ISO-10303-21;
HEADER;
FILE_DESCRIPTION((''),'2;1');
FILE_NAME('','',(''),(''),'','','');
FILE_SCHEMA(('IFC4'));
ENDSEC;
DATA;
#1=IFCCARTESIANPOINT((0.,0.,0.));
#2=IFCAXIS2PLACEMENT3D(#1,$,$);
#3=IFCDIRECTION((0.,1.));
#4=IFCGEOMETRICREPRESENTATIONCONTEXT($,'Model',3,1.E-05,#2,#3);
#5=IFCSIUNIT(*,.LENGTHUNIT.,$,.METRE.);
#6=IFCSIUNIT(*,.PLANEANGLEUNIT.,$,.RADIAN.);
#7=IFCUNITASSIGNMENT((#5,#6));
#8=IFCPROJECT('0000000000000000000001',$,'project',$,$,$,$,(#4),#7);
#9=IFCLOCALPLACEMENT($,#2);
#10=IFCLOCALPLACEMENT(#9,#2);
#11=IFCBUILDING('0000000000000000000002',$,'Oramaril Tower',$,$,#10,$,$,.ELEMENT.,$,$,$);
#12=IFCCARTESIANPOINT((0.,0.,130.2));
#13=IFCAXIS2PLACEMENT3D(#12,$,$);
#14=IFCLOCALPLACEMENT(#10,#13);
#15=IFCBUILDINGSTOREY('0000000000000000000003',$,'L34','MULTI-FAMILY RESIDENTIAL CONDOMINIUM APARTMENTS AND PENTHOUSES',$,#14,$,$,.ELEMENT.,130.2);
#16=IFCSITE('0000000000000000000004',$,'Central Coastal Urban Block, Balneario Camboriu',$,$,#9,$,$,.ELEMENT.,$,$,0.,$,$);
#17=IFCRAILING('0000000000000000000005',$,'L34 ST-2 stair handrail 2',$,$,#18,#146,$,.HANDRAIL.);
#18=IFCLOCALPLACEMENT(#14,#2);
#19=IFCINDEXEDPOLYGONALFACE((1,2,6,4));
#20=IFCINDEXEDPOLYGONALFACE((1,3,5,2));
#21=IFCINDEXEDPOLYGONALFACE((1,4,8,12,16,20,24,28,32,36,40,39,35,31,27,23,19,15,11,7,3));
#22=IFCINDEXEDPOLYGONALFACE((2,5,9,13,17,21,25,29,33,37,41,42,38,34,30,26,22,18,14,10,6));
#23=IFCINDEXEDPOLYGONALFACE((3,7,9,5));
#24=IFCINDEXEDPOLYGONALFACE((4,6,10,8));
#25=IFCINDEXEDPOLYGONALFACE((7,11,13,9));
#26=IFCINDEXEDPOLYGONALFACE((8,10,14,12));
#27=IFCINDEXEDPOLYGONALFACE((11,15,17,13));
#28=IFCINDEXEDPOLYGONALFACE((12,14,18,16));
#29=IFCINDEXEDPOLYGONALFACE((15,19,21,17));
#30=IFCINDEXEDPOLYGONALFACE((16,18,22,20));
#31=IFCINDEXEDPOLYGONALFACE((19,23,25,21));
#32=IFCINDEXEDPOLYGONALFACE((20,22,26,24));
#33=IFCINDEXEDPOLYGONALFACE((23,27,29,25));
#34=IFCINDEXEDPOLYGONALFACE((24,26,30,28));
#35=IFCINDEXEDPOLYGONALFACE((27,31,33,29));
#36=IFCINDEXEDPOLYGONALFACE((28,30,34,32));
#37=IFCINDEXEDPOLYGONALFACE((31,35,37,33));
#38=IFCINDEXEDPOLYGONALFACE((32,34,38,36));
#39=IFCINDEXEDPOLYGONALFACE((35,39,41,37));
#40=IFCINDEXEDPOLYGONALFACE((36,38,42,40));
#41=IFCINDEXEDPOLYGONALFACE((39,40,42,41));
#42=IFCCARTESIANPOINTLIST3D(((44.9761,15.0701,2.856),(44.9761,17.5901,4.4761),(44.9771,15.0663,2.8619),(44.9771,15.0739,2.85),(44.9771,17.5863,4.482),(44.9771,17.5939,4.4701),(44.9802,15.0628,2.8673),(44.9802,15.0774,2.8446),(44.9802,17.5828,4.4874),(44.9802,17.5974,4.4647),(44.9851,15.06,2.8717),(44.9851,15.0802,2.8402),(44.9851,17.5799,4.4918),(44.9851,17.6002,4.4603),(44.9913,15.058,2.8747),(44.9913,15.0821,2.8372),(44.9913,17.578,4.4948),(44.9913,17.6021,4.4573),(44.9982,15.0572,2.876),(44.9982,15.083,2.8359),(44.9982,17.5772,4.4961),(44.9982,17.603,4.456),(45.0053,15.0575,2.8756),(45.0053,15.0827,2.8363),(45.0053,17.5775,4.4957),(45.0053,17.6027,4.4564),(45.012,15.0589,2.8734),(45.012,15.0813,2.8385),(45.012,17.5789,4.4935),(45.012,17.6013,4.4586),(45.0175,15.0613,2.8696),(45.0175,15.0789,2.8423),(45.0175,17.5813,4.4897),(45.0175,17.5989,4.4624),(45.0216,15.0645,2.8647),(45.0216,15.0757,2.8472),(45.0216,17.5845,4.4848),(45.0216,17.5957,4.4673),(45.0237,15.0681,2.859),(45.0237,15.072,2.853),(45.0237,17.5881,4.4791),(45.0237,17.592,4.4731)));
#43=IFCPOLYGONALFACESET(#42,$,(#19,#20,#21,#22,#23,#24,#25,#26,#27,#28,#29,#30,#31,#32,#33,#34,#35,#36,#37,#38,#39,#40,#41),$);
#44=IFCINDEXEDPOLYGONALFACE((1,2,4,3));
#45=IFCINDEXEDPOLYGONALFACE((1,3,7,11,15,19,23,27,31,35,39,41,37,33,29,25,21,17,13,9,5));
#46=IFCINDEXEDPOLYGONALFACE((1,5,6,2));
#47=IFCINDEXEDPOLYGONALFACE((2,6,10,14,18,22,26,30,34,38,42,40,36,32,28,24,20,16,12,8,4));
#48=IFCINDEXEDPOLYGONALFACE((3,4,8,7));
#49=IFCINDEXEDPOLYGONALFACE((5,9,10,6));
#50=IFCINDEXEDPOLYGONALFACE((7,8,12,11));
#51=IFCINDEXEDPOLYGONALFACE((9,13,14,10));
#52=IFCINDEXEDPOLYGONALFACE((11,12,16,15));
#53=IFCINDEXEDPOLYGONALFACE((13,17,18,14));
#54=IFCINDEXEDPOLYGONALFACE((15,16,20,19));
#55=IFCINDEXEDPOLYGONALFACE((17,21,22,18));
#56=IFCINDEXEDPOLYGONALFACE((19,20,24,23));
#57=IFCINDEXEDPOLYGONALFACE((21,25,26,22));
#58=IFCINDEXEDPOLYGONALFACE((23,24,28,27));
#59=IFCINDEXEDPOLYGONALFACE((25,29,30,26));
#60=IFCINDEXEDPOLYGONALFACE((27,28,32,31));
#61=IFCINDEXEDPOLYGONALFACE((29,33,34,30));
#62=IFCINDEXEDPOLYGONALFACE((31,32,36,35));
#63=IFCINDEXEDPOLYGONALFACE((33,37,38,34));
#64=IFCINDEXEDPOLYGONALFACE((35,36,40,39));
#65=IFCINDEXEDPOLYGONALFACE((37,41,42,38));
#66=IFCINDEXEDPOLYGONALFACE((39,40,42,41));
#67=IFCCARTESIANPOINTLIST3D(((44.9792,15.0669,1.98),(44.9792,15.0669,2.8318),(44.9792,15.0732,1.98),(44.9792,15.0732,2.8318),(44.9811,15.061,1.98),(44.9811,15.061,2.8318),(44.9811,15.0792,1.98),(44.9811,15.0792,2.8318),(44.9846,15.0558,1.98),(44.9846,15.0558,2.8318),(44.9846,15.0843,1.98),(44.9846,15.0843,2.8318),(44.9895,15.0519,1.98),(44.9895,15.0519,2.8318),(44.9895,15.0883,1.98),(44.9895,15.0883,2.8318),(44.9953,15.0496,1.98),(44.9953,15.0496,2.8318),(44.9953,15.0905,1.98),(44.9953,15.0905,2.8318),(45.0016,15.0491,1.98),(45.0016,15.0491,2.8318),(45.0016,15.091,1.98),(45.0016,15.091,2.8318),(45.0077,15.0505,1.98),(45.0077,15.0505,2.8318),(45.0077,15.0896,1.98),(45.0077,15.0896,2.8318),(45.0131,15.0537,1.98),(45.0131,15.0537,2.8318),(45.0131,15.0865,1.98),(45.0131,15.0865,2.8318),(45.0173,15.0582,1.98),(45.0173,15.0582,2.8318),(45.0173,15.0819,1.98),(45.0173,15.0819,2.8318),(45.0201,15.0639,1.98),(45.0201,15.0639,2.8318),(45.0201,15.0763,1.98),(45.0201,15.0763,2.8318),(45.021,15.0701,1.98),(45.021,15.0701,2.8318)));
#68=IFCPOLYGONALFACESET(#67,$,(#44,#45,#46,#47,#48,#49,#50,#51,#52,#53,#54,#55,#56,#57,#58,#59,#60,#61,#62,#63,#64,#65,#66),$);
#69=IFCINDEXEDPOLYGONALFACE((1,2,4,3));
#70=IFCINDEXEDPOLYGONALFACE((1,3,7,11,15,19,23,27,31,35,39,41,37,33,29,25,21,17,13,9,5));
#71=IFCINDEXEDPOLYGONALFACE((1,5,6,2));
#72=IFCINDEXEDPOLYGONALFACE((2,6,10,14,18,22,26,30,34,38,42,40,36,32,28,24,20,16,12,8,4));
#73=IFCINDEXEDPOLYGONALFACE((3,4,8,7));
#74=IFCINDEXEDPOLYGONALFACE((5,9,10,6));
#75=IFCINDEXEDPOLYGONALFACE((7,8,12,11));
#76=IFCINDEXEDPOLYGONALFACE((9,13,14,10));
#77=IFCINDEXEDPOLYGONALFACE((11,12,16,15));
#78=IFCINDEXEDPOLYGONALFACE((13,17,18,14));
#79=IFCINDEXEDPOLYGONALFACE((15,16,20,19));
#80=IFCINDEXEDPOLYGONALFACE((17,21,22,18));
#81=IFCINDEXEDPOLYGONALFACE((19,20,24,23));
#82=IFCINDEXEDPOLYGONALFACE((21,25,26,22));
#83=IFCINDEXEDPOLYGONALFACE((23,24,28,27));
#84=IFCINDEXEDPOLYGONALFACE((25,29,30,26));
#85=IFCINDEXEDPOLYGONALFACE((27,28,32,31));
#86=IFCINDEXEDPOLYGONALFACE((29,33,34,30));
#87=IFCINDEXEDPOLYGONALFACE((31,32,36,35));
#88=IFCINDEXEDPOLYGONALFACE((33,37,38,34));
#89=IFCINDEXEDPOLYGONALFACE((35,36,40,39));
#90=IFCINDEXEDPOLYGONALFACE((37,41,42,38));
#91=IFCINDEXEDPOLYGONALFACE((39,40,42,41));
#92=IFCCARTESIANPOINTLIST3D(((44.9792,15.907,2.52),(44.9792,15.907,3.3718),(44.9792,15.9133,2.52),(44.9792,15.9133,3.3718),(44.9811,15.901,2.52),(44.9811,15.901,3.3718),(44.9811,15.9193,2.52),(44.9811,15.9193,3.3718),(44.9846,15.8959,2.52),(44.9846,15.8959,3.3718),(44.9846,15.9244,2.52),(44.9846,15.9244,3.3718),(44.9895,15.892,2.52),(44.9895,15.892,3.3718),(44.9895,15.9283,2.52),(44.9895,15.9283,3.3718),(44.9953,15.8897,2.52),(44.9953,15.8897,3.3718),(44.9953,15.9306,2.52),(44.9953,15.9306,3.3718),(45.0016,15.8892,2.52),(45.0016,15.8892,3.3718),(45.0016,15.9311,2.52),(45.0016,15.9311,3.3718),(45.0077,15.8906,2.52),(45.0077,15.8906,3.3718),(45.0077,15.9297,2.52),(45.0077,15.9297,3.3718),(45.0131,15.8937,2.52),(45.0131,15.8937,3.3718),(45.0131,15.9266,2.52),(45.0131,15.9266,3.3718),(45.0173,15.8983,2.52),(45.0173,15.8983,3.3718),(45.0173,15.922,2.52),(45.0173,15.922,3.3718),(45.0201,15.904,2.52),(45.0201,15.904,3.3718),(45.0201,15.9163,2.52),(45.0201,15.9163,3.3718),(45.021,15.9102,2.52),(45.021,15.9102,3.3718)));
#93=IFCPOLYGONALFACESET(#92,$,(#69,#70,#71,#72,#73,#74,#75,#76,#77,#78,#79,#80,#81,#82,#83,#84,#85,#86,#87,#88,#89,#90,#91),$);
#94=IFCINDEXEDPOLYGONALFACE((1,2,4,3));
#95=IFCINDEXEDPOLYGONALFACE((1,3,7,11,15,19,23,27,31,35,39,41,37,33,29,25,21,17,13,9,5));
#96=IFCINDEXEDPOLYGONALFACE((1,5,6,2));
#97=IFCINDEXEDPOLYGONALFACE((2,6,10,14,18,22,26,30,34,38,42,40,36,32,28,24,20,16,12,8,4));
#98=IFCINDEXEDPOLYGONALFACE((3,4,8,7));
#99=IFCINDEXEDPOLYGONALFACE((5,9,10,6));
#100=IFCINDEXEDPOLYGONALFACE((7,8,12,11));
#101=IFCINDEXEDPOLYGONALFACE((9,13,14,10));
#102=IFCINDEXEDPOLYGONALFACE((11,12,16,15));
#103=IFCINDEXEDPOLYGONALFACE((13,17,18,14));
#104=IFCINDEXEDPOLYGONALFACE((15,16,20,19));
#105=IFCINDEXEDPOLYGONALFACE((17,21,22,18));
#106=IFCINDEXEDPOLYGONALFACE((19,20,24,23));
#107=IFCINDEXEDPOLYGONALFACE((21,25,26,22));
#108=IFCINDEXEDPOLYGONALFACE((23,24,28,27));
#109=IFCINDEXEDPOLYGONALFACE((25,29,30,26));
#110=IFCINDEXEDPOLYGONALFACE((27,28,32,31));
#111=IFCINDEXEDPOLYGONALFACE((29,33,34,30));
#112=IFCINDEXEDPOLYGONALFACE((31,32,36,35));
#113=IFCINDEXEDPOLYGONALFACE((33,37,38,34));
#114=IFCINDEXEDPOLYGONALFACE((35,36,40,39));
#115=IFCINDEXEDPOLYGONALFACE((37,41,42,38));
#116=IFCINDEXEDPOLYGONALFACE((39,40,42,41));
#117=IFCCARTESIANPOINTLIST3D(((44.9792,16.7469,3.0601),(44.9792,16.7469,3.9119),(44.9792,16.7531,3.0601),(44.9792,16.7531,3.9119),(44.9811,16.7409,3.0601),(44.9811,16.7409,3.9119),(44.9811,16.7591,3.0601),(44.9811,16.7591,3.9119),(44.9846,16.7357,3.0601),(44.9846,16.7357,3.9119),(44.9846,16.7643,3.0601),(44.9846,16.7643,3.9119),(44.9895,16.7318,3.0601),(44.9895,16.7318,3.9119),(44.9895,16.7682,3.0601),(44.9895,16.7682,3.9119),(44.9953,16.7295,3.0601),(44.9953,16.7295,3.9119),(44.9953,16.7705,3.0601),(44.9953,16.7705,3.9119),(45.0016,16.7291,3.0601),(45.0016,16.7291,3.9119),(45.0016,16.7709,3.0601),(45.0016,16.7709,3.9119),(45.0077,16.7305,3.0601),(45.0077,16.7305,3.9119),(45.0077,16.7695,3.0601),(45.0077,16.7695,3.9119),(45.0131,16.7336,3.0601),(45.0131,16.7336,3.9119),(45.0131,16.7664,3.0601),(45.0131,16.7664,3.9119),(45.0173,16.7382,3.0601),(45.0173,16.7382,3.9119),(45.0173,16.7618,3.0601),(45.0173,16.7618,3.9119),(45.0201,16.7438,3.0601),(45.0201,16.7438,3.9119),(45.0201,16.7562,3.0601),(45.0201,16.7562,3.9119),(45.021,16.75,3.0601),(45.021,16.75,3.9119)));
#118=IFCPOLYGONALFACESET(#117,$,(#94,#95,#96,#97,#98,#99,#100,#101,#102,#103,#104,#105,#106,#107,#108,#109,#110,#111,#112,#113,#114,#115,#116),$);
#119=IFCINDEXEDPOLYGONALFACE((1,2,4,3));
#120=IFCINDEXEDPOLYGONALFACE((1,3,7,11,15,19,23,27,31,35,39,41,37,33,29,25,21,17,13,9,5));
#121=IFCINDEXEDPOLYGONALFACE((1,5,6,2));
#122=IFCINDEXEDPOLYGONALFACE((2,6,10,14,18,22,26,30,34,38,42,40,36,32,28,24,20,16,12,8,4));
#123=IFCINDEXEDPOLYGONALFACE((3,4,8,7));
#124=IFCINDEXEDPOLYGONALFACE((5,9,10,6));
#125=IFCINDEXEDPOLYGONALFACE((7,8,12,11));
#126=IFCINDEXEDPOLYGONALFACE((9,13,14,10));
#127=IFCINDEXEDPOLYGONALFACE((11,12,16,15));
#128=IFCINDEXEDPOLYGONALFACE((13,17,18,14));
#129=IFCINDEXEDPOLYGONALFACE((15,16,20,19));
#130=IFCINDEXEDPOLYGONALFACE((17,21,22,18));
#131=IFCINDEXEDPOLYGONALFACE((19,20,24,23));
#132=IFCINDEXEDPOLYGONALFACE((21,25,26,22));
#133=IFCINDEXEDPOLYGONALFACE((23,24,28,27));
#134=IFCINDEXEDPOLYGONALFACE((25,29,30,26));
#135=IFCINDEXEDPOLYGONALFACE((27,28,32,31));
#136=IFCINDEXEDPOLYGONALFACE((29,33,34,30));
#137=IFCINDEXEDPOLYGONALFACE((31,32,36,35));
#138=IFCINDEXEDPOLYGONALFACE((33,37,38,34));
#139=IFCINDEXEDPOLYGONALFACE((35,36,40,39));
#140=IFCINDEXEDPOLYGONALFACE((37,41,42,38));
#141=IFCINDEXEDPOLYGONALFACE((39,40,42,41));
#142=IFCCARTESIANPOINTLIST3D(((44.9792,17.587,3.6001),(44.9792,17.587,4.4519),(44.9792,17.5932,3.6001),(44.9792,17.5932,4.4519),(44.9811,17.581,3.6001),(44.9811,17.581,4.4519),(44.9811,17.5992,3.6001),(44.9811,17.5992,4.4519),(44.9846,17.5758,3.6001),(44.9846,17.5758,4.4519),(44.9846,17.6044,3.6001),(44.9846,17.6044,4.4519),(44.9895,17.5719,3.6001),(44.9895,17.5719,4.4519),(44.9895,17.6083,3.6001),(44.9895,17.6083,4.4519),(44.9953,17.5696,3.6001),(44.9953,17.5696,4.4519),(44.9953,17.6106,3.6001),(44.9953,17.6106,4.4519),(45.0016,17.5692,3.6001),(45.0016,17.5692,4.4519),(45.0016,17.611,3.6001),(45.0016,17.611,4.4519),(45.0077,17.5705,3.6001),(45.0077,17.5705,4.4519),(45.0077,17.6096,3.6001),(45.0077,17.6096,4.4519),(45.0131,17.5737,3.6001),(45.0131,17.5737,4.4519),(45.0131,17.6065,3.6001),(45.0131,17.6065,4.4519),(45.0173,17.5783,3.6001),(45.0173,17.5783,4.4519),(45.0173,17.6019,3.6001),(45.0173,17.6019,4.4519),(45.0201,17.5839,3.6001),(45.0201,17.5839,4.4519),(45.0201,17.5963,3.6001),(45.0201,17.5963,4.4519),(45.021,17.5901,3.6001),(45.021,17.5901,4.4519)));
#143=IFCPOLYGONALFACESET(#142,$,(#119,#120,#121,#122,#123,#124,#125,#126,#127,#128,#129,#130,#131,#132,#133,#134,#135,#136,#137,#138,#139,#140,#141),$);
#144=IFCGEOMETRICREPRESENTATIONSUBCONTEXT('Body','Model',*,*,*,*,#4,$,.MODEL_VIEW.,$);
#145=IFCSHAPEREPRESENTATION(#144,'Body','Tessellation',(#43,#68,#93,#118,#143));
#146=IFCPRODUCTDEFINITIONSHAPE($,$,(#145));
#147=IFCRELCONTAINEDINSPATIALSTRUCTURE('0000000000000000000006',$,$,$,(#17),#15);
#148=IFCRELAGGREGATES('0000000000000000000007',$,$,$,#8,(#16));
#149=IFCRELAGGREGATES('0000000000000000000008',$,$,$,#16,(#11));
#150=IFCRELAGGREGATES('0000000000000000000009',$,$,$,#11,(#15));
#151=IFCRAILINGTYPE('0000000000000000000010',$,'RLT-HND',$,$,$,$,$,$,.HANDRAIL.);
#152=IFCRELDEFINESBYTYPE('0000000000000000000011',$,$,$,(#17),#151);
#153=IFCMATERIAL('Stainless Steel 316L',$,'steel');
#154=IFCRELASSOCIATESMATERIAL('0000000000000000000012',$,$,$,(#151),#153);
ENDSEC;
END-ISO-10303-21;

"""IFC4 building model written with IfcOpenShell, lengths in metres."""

from ifc_helpers import new_model, si_unit, direction, frame, origin, origin_2d, place, context, subcontext, project, spatial, circle, extrude, material, type_object, element, save


model = new_model("IFC4")

# Units and contexts
model_context = context("Model", 3, precision=1e-05, world=origin(), true_north=direction((0.0, 1.0)))
body_context = subcontext(model_context, "Body", "Model", "MODEL_VIEW")
ifc_project = project(units=[si_unit("LENGTHUNIT", "METRE"), si_unit("PLANEANGLEUNIT", "RADIAN")], contexts=[model_context])

# Site, building, storey
site_placement = place(None, origin())
site = spatial("IfcSite", under=ifc_project, at=site_placement, Name="Central Coastal Urban Block, Balneario Camboriu", CompositionType="ELEMENT", RefElevation=0.0)
building_placement = place(site_placement, origin())
building = spatial("IfcBuilding", under=site, at=building_placement, Name="Oramaril Tower", CompositionType="ELEMENT")
storey_placement = place(building_placement, frame((0.0, 0.0, 130.2)))
storey = spatial("IfcBuildingStorey", under=building, at=storey_placement, Name="L34", Description="MULTI-FAMILY RESIDENTIAL CONDOMINIUM APARTMENTS AND PENTHOUSES", CompositionType="ELEMENT", Elevation=130.2)

# Railing
ifc_material_1 = material(Name="Stainless Steel 316L", Category="steel")
railing_type_1 = type_object("IfcRailingType", Name="RLT-HND", PredefinedType="HANDRAIL", material=ifc_material_1)
for number, where, name in (
    (1, (45.0, 15.0701, 1.98), "L34 ST-2 stair handrail 2"),
):
    element("IfcRailing", number, at=place(storey_placement, frame(where)), inside=storey, type_object=railing_type_1, Name=name, PredefinedType="HANDRAIL", context=body_context, shape_type="SweptSolid", body=[
        extrude(circle(Radius=0.0239, at=origin_2d()), frame((0.0, 0.0, 0.876), z_axis=(0.0, 0.841163, 0.540782), x_axis=(-1.0, 0.0, 0.0)), (0.0, 0.0, 1.0), 2.9958),
        extrude(circle(Radius=0.021, at=origin_2d()), origin(), (0.0, 0.0, 1.0), 0.8518),
        extrude(circle(Radius=0.021, at=origin_2d()), frame((0.0, 0.8401, 0.54)), (0.0, 0.0, 1.0), 0.8518),
        extrude(circle(Radius=0.021, at=origin_2d()), frame((0.0, 1.6799, 1.0801)), (0.0, 0.0, 1.0), 0.8518),
        extrude(circle(Radius=0.021, at=origin_2d()), frame((0.0, 2.52, 1.6201)), (0.0, 0.0, 1.0), 0.8518),
    ])

save(model, "model.ifc")
